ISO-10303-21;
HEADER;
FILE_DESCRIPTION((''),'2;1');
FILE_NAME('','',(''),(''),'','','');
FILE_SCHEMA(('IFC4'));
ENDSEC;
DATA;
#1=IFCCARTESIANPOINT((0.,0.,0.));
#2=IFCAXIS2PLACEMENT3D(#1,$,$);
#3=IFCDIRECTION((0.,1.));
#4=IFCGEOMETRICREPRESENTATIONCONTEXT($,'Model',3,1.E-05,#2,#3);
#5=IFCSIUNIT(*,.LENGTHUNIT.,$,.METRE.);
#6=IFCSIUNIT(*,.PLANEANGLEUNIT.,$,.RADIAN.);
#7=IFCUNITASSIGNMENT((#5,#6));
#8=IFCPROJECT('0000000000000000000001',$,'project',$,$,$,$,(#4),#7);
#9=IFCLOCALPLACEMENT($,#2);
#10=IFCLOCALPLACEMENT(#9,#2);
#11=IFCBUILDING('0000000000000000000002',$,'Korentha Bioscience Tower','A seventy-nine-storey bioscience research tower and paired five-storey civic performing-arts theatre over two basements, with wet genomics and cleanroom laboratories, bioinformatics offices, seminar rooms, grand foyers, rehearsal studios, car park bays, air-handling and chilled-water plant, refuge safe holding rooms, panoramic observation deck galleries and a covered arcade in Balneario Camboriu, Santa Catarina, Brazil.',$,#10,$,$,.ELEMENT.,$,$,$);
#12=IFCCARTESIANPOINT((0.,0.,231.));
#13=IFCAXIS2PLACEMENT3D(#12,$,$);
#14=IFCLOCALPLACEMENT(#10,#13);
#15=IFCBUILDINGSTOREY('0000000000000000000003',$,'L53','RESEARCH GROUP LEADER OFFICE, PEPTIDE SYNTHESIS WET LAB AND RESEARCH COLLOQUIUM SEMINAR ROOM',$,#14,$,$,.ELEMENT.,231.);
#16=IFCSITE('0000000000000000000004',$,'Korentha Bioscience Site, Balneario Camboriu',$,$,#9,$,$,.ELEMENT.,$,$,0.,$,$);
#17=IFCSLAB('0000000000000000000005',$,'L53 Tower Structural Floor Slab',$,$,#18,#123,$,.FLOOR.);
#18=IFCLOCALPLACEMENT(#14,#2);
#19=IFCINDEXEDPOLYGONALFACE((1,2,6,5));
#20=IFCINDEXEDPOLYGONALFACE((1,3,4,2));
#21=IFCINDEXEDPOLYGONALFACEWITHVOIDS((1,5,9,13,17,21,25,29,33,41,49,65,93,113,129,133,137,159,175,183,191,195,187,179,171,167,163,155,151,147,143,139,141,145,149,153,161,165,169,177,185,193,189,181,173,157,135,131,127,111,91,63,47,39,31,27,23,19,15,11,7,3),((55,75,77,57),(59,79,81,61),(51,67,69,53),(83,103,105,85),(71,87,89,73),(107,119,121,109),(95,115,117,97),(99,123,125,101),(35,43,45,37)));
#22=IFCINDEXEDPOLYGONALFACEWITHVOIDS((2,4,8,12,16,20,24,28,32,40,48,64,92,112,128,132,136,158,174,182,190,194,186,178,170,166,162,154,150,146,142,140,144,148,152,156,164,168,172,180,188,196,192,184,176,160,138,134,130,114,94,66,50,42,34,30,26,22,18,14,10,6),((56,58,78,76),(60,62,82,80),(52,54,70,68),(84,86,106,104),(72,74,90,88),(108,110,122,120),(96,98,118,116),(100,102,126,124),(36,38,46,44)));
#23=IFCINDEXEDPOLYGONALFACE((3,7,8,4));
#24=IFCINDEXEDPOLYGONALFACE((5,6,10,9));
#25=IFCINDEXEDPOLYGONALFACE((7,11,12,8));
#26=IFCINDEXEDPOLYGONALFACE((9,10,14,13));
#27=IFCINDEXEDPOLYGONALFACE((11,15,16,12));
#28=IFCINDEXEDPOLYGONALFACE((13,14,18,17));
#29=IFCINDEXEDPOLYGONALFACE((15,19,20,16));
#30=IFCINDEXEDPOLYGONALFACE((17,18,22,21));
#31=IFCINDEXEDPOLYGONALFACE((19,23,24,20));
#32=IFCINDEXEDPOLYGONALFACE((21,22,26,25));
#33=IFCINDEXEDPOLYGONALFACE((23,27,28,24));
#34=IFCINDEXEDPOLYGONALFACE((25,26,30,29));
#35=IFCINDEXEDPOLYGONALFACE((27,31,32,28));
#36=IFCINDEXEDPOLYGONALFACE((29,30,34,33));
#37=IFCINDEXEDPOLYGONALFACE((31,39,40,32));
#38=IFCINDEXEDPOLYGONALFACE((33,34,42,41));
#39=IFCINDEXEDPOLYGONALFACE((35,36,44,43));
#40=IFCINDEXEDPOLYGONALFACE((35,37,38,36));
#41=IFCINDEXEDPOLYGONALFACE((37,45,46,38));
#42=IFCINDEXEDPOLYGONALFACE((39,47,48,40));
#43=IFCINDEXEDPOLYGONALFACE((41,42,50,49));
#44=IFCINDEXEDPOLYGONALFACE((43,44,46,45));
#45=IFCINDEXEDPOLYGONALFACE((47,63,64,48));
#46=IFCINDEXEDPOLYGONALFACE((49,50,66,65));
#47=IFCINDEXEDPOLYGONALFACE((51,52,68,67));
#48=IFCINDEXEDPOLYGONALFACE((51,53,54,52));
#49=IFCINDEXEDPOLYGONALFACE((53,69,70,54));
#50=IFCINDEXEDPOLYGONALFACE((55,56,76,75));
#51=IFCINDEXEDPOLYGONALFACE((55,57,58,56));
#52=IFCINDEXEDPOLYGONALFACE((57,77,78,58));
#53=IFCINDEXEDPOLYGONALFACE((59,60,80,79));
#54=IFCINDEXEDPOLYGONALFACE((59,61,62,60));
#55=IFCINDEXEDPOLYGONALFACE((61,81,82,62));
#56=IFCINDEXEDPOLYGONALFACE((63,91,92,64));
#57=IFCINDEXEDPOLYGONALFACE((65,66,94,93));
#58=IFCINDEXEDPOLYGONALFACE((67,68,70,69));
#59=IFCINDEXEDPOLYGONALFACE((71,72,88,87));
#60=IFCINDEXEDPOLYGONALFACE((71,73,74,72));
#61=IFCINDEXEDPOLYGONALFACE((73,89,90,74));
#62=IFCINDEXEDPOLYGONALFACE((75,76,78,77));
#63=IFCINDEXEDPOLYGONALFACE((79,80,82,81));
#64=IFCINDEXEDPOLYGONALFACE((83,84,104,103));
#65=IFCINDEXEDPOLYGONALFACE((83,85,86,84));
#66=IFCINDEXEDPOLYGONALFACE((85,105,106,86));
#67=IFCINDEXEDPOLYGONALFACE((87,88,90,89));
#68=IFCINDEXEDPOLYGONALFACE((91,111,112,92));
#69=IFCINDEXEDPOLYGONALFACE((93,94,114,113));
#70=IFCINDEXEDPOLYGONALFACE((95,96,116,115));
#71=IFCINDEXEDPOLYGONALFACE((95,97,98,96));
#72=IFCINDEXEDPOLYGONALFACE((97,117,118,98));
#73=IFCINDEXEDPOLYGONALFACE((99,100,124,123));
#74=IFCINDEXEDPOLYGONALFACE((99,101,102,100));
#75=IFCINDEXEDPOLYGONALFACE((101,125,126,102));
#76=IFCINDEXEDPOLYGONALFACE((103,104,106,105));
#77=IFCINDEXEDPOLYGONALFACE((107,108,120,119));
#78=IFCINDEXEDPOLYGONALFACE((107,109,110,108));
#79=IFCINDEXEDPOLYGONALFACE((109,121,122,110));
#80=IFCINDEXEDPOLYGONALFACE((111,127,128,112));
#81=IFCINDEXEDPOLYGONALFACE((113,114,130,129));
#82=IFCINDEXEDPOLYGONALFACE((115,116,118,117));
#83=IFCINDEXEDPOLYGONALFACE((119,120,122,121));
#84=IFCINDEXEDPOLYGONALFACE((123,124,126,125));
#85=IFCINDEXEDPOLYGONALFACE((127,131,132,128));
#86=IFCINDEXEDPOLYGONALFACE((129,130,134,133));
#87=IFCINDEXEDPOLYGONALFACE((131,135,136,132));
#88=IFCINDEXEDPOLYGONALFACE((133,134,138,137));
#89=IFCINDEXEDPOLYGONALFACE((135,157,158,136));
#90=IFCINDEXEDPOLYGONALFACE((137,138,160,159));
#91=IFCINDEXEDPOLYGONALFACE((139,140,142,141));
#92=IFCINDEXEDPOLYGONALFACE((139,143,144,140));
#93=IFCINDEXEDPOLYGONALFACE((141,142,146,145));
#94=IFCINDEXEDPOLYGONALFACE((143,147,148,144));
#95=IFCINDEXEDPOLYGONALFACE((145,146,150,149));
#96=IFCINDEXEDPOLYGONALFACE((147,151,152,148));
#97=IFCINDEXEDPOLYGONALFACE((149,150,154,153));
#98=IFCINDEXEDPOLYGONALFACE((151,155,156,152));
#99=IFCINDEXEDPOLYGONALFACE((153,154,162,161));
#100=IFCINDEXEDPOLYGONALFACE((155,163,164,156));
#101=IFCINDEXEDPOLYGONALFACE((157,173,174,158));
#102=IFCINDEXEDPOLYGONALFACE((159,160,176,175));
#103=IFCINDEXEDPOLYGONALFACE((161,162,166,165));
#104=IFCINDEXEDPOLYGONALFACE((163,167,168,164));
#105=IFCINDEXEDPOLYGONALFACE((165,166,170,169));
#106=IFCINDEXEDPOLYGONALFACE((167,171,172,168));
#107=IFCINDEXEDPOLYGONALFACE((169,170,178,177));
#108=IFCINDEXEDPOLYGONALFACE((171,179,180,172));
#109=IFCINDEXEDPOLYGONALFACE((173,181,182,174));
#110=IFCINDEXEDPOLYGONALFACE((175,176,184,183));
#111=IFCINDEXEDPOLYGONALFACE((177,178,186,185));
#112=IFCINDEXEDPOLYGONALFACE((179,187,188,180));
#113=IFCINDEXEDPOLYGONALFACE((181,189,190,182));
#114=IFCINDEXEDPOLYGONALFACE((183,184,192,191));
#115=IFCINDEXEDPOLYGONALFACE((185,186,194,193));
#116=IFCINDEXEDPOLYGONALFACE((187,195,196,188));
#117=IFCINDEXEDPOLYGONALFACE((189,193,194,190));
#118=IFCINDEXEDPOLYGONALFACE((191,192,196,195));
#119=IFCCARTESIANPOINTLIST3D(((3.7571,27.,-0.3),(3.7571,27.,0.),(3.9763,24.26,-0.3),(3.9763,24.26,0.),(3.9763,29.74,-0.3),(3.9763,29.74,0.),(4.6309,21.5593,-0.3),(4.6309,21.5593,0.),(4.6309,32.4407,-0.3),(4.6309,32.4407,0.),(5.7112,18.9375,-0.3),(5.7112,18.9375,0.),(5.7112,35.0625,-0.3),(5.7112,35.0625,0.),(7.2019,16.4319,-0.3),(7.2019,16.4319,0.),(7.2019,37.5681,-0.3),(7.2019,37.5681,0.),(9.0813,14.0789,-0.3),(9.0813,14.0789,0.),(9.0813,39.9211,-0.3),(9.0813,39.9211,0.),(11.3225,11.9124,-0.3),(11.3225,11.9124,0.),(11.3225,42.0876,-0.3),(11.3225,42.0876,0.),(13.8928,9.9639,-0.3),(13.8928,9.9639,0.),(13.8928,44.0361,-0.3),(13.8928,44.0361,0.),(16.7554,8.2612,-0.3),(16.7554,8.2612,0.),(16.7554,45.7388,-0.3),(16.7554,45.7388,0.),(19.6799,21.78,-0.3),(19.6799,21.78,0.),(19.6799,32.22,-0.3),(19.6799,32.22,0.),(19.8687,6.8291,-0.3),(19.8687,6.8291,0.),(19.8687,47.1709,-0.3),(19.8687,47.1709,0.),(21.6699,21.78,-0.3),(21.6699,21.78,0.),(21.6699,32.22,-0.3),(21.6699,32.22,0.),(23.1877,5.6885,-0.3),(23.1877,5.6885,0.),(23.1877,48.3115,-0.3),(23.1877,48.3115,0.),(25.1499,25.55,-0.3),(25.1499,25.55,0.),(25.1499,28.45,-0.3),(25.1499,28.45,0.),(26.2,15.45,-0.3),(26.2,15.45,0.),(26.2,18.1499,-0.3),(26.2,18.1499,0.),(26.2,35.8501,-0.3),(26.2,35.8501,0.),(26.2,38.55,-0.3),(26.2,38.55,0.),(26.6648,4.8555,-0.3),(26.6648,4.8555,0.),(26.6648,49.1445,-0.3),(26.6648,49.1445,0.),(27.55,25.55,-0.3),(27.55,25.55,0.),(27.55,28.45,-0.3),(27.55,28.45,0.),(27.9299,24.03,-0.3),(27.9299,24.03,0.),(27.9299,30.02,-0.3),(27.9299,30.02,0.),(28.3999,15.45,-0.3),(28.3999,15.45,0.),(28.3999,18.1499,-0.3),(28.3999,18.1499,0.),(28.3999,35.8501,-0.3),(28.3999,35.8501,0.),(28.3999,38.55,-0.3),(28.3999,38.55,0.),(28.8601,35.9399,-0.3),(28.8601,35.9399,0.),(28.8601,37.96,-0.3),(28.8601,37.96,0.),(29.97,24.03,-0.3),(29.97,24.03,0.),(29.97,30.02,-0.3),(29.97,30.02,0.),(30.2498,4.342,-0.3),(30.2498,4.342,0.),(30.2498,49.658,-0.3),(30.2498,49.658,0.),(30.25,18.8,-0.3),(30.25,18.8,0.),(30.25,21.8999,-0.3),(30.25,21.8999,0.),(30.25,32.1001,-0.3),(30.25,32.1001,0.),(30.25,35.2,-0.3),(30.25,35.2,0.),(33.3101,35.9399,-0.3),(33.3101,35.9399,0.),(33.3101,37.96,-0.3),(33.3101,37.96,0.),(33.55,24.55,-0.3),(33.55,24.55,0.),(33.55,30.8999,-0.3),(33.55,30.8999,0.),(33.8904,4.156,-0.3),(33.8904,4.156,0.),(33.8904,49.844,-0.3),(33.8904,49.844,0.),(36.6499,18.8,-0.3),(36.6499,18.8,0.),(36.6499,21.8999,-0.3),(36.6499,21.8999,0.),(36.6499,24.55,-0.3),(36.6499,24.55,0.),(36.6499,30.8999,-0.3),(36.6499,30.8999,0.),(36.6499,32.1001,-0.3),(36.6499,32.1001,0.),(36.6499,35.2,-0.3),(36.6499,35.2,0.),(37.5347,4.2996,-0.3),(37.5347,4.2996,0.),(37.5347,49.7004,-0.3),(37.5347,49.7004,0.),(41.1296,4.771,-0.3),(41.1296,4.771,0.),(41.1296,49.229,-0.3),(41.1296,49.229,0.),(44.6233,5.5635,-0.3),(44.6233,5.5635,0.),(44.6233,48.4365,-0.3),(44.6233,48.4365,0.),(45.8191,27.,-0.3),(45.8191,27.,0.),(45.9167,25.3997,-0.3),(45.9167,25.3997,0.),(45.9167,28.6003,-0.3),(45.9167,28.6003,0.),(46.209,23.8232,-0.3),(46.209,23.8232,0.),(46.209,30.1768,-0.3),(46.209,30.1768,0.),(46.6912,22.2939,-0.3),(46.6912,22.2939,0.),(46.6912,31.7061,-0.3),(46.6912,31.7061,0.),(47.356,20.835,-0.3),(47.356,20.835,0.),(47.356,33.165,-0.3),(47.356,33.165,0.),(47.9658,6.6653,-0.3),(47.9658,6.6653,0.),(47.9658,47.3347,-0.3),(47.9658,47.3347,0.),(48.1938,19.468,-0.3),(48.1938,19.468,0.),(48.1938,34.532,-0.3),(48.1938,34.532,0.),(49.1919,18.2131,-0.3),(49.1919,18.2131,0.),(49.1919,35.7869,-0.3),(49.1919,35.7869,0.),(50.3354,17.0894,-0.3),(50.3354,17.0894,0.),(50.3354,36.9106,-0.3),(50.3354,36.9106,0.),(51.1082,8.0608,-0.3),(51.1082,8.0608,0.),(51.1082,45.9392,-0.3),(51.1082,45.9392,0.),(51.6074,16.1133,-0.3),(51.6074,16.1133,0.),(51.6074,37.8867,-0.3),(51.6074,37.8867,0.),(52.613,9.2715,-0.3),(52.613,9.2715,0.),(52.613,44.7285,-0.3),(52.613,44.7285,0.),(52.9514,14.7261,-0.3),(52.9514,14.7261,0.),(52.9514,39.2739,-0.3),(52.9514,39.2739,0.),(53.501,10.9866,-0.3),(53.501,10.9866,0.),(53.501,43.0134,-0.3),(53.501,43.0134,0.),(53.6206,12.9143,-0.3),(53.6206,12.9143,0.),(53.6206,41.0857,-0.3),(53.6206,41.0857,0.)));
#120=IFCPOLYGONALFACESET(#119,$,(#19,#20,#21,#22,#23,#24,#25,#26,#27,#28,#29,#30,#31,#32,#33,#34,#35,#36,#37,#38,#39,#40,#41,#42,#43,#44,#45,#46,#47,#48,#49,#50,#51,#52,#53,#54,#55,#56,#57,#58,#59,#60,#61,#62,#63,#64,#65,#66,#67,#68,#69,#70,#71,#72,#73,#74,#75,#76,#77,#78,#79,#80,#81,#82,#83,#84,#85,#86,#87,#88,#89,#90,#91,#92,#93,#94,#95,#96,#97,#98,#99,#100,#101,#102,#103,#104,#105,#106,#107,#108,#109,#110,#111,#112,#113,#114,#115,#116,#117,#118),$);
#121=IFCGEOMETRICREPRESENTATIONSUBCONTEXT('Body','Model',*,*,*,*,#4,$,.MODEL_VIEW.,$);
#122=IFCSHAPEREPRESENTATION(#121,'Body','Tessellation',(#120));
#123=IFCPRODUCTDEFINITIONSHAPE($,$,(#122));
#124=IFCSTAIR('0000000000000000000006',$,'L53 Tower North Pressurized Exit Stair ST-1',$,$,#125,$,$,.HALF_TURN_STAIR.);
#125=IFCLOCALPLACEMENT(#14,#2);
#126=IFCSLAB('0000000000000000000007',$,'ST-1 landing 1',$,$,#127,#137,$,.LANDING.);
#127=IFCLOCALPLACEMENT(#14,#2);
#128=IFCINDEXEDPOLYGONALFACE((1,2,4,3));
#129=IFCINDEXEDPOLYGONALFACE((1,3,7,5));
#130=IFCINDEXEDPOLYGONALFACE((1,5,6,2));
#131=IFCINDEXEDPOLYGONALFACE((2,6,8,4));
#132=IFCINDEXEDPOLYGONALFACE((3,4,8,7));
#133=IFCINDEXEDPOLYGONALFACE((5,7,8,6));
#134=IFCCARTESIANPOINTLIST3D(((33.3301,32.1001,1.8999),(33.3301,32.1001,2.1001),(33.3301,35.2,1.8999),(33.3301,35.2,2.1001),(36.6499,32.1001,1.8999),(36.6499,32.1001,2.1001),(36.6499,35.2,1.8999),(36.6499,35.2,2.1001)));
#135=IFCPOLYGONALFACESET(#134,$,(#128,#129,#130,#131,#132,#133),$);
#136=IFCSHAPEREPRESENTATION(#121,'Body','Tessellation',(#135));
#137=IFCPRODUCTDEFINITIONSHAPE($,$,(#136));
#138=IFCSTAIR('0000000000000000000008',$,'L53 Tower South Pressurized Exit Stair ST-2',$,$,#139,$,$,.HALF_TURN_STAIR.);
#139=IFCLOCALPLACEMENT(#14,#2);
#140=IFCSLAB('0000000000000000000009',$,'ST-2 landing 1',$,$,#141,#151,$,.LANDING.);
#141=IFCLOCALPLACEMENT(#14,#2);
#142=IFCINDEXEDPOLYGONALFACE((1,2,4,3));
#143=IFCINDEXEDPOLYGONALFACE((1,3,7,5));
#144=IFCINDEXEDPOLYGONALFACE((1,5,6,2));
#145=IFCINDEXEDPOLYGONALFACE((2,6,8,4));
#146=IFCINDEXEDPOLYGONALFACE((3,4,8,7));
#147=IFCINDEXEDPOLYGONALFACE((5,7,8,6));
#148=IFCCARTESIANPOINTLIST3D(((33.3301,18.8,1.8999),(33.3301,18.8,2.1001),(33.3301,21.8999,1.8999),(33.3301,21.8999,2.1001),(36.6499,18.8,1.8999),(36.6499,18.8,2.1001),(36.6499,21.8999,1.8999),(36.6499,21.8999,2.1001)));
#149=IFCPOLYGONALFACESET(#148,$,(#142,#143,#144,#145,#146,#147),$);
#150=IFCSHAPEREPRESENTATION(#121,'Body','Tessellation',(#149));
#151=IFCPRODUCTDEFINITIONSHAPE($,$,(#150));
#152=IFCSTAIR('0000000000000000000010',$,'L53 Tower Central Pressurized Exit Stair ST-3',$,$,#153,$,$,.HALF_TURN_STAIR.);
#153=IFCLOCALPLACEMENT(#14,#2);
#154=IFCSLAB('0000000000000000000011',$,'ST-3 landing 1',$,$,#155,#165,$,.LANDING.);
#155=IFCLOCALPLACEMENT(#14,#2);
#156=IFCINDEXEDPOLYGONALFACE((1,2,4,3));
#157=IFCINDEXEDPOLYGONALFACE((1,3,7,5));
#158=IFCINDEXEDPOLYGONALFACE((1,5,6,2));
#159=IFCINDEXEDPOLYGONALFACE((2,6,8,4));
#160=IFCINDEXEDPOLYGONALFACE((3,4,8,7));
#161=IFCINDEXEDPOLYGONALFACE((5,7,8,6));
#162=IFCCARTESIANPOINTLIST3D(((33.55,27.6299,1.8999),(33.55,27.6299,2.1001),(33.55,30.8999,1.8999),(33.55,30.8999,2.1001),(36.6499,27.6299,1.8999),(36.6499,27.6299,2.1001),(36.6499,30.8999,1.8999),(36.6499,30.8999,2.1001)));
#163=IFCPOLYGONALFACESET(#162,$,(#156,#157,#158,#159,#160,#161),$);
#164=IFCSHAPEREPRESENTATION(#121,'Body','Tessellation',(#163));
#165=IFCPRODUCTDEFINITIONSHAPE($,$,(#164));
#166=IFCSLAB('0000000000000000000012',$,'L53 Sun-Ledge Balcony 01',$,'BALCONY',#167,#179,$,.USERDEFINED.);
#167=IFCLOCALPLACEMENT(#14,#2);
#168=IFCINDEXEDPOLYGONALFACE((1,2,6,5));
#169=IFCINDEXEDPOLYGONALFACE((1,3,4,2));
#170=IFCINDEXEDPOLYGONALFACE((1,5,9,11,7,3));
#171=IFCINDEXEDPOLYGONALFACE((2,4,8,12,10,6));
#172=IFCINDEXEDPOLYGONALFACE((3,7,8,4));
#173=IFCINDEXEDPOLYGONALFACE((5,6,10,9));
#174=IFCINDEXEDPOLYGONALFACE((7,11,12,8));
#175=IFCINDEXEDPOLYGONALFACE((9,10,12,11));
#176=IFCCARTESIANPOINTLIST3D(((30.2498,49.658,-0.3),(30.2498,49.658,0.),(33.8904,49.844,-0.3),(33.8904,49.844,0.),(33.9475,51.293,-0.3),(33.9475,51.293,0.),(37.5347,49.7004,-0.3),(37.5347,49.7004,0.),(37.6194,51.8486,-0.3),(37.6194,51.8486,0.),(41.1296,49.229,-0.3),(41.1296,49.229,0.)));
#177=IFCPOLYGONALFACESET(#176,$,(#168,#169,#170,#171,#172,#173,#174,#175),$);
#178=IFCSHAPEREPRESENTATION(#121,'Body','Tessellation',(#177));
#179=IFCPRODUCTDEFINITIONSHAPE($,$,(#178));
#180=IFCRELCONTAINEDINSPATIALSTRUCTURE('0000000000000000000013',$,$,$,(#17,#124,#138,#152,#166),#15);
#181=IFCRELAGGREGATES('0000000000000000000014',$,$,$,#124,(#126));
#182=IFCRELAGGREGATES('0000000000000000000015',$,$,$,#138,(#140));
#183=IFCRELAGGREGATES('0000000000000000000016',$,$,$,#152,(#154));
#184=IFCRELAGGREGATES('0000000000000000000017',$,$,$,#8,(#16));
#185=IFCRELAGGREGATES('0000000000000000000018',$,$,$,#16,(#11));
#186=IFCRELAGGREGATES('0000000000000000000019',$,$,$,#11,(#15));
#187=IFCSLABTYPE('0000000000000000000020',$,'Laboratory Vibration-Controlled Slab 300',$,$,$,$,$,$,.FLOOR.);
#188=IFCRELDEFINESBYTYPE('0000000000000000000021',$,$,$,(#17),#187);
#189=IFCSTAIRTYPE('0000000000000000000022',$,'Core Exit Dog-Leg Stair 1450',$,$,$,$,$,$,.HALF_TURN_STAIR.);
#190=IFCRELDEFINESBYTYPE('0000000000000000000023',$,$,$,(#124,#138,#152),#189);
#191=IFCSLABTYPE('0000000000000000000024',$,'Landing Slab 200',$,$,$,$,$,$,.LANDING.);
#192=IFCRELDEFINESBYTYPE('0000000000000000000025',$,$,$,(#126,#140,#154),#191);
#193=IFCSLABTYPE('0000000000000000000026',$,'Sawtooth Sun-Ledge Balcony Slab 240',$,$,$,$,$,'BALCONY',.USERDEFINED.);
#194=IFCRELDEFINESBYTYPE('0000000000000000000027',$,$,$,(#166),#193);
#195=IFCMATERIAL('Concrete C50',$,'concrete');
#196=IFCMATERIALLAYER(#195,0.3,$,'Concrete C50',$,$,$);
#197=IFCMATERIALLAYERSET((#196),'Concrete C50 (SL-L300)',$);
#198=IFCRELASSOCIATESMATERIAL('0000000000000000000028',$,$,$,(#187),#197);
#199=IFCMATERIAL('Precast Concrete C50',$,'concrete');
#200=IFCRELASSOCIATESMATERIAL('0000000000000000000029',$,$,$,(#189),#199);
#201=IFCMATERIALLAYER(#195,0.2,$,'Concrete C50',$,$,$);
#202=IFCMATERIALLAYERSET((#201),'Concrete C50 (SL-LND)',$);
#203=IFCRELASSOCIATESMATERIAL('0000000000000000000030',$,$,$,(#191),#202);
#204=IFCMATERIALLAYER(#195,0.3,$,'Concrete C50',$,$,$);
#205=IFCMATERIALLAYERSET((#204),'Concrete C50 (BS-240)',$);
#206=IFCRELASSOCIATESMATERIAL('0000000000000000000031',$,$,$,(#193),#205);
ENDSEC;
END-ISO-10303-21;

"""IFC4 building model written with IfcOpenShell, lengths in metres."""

from ifc_helpers import new_model, si_unit, direction, frame, origin, place, context, subcontext, project, spatial, polyline, outline, extrude, material, layer, layer_set, type_object, element, aggregate, save


model = new_model("IFC4")

# Units and contexts
model_context = context("Model", 3, precision=1e-05, world=origin(), true_north=direction((0.0, 1.0)))
body_context = subcontext(model_context, "Body", "Model", "MODEL_VIEW")
ifc_project = project(units=[si_unit("LENGTHUNIT", "METRE"), si_unit("PLANEANGLEUNIT", "RADIAN")], contexts=[model_context])

# Site, building, storey
site_placement = place(None, origin())
site = spatial("IfcSite", under=ifc_project, at=site_placement, Name="Korentha Bioscience Site, Balneario Camboriu", CompositionType="ELEMENT", RefElevation=0.0)
building_placement = place(site_placement, origin())
building = spatial("IfcBuilding", under=site, at=building_placement, Name="Korentha Bioscience Tower", Description="A seventy-nine-storey bioscience research tower and paired five-storey civic performing-arts theatre over two basements, with wet genomics and cleanroom laboratories, bioinformatics offices, seminar rooms, grand foyers, rehearsal studios, car park bays, air-handling and chilled-water plant, refuge safe holding rooms, panoramic observation deck galleries and a covered arcade in Balneario Camboriu, Santa Catarina, Brazil.", CompositionType="ELEMENT")
storey_placement = place(building_placement, frame((0.0, 0.0, 231.0)))
storey = spatial("IfcBuildingStorey", under=building, at=storey_placement, Name="L53", Description="RESEARCH GROUP LEADER OFFICE, PEPTIDE SYNTHESIS WET LAB AND RESEARCH COLLOQUIUM SEMINAR ROOM", CompositionType="ELEMENT", Elevation=231.0)

# Slab
ifc_material_1 = material(Name="Concrete C50", Category="concrete")
ifc_layer_1 = layer(ifc_material_1, 0.3, Name="Concrete C50")
ifc_layer_set_1 = layer_set([ifc_layer_1], Name="Concrete C50 (SL-L300)")
slab_type_1 = type_object("IfcSlabType", Name="Laboratory Vibration-Controlled Slab 300", PredefinedType="FLOOR", material=ifc_layer_set_1)
slab_1_placement = place(storey_placement, frame((0.0, 0.0, -0.3)))
element("IfcSlab", 1, at=slab_1_placement, inside=storey, type_object=slab_type_1, Name="L53 Tower Structural Floor Slab", PredefinedType="FLOOR", context=body_context, shape_type="SweptSolid", body=[
    extrude(outline(polyline([(51.1082, 45.9392), (47.9658, 47.3347), (44.6233, 48.4365), (41.1296, 49.229), (37.5347, 49.7004), (33.8904, 49.844), (30.2498, 49.658), (26.6648, 49.1445), (23.1877, 48.3115), (19.8687, 47.1709), (16.7554, 45.7388), (13.8928, 44.0361), (11.3225, 42.0876), (9.0813, 39.9211), (7.2019, 37.5681), (5.7112, 35.0625), (4.6309, 32.4407), (3.9763, 29.74), (3.7571, 27.0), (3.9763, 24.26), (4.6309, 21.5593), (5.7112, 18.9375), (7.2019, 16.4319), (9.0813, 14.0789), (11.3225, 11.9124), (13.8928, 9.9639), (16.7554, 8.2612), (19.8687, 6.8291), (23.1877, 5.6885), (26.6648, 4.8555), (30.2498, 4.342), (33.8904, 4.156), (37.5347, 4.2996), (41.1296, 4.771), (44.6233, 5.5635), (47.9658, 6.6653), (51.1082, 8.0608), (52.613, 9.2715), (53.501, 10.9866), (53.6206, 12.9143), (52.9514, 14.7261), (51.6074, 16.1133), (50.3354, 17.0894), (49.1919, 18.2131), (48.1938, 19.468), (47.356, 20.835), (46.6912, 22.2939), (46.209, 23.8232), (45.9167, 25.3997), (45.8191, 27.0), (45.9167, 28.6003), (46.209, 30.1768), (46.6912, 31.7061), (47.356, 33.165), (48.1938, 34.532), (49.1919, 35.7869), (50.3354, 36.9106), (51.6074, 37.8867), (52.9514, 39.2739), (53.6206, 41.0857), (53.501, 43.0134), (52.613, 44.7285), (51.1082, 45.9392)]), holes=[polyline([(30.25, 32.1001), (36.6499, 32.1001), (36.6499, 35.2), (30.25, 35.2), (30.25, 32.1001)]), polyline([(30.25, 18.8), (36.6499, 18.8), (36.6499, 21.8999), (30.25, 21.8999), (30.25, 18.8)]), polyline([(36.6499, 24.55), (36.6499, 30.8999), (33.55, 30.8999), (33.55, 24.55), (36.6499, 24.55)]), polyline([(19.6799, 21.78), (21.6699, 21.78), (21.6699, 32.22), (19.6799, 32.22), (19.6799, 21.78)]), polyline([(27.9299, 24.03), (29.97, 24.03), (29.97, 30.02), (27.9299, 30.02), (27.9299, 24.03)]), polyline([(28.8601, 35.9399), (33.3101, 35.9399), (33.3101, 37.96), (28.8601, 37.96), (28.8601, 35.9399)]), polyline([(26.2, 15.45), (28.3999, 15.45), (28.3999, 18.1499), (26.2, 18.1499), (26.2, 15.45)]), polyline([(26.2, 35.8501), (28.3999, 35.8501), (28.3999, 38.55), (26.2, 38.55), (26.2, 35.8501)]), polyline([(25.1499, 25.55), (27.55, 25.55), (27.55, 28.45), (25.1499, 28.45), (25.1499, 25.55)])]), origin(), (0.0, 0.0, 1.0), 0.3),
])

# Stairs, slabs
ifc_material_2 = material(Name="Precast Concrete C50", Category="concrete")
stair_type = type_object("IfcStairType", Name="Core Exit Dog-Leg Stair 1450", PredefinedType="HALF_TURN_STAIR", material=ifc_material_2)
stair_1_placement = place(storey_placement, origin())
stair_1 = element("IfcStair", 2, at=stair_1_placement, inside=storey, type_object=stair_type, Name="L53 Tower North Pressurized Exit Stair ST-1", PredefinedType="HALF_TURN_STAIR")
ifc_layer_2 = layer(ifc_material_1, 0.2, Name="Concrete C50")
ifc_layer_set_2 = layer_set([ifc_layer_2], Name="Concrete C50 (SL-LND)")
slab_type_2 = type_object("IfcSlabType", Name="Landing Slab 200", PredefinedType="LANDING", material=ifc_layer_set_2)
slab_2_placement = place(storey_placement, frame((0.0, 0.0, 1.8999)))
slab_2 = element("IfcSlab", 3, at=slab_2_placement, type_object=slab_type_2, Name="ST-1 landing 1", PredefinedType="LANDING", context=body_context, shape_type="SweptSolid", body=[
    extrude(outline(polyline([(33.3301, 32.1001), (36.6499, 32.1001), (36.6499, 35.2), (33.3301, 35.2), (33.3301, 32.1001)])), origin(), (0.0, 0.0, 1.0), 0.2002),
])
aggregate(stair_1, [slab_2])
stair_2_placement = place(storey_placement, origin())
stair_2 = element("IfcStair", 4, at=stair_2_placement, inside=storey, type_object=stair_type, Name="L53 Tower South Pressurized Exit Stair ST-2", PredefinedType="HALF_TURN_STAIR")
slab_3_placement = place(storey_placement, frame((0.0, 0.0, 1.8999)))
slab_3 = element("IfcSlab", 5, at=slab_3_placement, type_object=slab_type_2, Name="ST-2 landing 1", PredefinedType="LANDING", context=body_context, shape_type="SweptSolid", body=[
    extrude(outline(polyline([(33.3301, 18.8), (36.6499, 18.8), (36.6499, 21.8999), (33.3301, 21.8999), (33.3301, 18.8)])), origin(), (0.0, 0.0, 1.0), 0.2002),
])
aggregate(stair_2, [slab_3])
stair_3_placement = place(storey_placement, origin())
stair_3 = element("IfcStair", 6, at=stair_3_placement, inside=storey, type_object=stair_type, Name="L53 Tower Central Pressurized Exit Stair ST-3", PredefinedType="HALF_TURN_STAIR")
slab_4_placement = place(storey_placement, frame((0.0, 0.0, 1.8999)))
slab_4 = element("IfcSlab", 7, at=slab_4_placement, type_object=slab_type_2, Name="ST-3 landing 1", PredefinedType="LANDING", context=body_context, shape_type="SweptSolid", body=[
    extrude(outline(polyline([(36.6499, 27.6299), (36.6499, 30.8999), (33.55, 30.8999), (33.55, 27.6299), (36.6499, 27.6299)])), origin(), (0.0, 0.0, 1.0), 0.2002),
])
aggregate(stair_3, [slab_4])

# Slab
ifc_layer_3 = layer(ifc_material_1, 0.3, Name="Concrete C50")
ifc_layer_set_3 = layer_set([ifc_layer_3], Name="Concrete C50 (BS-240)")
slab_type_3 = type_object("IfcSlabType", Name="Sawtooth Sun-Ledge Balcony Slab 240", ElementType="BALCONY", PredefinedType="USERDEFINED", material=ifc_layer_set_3)
slab_5_placement = place(storey_placement, frame((0.0, 0.0, -0.3)))
element("IfcSlab", 8, at=slab_5_placement, inside=storey, type_object=slab_type_3, Name="L53 Sun-Ledge Balcony 01", ObjectType="BALCONY", PredefinedType="USERDEFINED", context=body_context, shape_type="SweptSolid", body=[
    extrude(outline(polyline([(30.2498, 49.658), (33.8904, 49.844), (37.5347, 49.7004), (41.1296, 49.229), (37.6194, 51.8486), (33.9475, 51.293), (30.2498, 49.658)])), origin(), (0.0, 0.0, 1.0), 0.3),
])

save(model, "model.ifc")
